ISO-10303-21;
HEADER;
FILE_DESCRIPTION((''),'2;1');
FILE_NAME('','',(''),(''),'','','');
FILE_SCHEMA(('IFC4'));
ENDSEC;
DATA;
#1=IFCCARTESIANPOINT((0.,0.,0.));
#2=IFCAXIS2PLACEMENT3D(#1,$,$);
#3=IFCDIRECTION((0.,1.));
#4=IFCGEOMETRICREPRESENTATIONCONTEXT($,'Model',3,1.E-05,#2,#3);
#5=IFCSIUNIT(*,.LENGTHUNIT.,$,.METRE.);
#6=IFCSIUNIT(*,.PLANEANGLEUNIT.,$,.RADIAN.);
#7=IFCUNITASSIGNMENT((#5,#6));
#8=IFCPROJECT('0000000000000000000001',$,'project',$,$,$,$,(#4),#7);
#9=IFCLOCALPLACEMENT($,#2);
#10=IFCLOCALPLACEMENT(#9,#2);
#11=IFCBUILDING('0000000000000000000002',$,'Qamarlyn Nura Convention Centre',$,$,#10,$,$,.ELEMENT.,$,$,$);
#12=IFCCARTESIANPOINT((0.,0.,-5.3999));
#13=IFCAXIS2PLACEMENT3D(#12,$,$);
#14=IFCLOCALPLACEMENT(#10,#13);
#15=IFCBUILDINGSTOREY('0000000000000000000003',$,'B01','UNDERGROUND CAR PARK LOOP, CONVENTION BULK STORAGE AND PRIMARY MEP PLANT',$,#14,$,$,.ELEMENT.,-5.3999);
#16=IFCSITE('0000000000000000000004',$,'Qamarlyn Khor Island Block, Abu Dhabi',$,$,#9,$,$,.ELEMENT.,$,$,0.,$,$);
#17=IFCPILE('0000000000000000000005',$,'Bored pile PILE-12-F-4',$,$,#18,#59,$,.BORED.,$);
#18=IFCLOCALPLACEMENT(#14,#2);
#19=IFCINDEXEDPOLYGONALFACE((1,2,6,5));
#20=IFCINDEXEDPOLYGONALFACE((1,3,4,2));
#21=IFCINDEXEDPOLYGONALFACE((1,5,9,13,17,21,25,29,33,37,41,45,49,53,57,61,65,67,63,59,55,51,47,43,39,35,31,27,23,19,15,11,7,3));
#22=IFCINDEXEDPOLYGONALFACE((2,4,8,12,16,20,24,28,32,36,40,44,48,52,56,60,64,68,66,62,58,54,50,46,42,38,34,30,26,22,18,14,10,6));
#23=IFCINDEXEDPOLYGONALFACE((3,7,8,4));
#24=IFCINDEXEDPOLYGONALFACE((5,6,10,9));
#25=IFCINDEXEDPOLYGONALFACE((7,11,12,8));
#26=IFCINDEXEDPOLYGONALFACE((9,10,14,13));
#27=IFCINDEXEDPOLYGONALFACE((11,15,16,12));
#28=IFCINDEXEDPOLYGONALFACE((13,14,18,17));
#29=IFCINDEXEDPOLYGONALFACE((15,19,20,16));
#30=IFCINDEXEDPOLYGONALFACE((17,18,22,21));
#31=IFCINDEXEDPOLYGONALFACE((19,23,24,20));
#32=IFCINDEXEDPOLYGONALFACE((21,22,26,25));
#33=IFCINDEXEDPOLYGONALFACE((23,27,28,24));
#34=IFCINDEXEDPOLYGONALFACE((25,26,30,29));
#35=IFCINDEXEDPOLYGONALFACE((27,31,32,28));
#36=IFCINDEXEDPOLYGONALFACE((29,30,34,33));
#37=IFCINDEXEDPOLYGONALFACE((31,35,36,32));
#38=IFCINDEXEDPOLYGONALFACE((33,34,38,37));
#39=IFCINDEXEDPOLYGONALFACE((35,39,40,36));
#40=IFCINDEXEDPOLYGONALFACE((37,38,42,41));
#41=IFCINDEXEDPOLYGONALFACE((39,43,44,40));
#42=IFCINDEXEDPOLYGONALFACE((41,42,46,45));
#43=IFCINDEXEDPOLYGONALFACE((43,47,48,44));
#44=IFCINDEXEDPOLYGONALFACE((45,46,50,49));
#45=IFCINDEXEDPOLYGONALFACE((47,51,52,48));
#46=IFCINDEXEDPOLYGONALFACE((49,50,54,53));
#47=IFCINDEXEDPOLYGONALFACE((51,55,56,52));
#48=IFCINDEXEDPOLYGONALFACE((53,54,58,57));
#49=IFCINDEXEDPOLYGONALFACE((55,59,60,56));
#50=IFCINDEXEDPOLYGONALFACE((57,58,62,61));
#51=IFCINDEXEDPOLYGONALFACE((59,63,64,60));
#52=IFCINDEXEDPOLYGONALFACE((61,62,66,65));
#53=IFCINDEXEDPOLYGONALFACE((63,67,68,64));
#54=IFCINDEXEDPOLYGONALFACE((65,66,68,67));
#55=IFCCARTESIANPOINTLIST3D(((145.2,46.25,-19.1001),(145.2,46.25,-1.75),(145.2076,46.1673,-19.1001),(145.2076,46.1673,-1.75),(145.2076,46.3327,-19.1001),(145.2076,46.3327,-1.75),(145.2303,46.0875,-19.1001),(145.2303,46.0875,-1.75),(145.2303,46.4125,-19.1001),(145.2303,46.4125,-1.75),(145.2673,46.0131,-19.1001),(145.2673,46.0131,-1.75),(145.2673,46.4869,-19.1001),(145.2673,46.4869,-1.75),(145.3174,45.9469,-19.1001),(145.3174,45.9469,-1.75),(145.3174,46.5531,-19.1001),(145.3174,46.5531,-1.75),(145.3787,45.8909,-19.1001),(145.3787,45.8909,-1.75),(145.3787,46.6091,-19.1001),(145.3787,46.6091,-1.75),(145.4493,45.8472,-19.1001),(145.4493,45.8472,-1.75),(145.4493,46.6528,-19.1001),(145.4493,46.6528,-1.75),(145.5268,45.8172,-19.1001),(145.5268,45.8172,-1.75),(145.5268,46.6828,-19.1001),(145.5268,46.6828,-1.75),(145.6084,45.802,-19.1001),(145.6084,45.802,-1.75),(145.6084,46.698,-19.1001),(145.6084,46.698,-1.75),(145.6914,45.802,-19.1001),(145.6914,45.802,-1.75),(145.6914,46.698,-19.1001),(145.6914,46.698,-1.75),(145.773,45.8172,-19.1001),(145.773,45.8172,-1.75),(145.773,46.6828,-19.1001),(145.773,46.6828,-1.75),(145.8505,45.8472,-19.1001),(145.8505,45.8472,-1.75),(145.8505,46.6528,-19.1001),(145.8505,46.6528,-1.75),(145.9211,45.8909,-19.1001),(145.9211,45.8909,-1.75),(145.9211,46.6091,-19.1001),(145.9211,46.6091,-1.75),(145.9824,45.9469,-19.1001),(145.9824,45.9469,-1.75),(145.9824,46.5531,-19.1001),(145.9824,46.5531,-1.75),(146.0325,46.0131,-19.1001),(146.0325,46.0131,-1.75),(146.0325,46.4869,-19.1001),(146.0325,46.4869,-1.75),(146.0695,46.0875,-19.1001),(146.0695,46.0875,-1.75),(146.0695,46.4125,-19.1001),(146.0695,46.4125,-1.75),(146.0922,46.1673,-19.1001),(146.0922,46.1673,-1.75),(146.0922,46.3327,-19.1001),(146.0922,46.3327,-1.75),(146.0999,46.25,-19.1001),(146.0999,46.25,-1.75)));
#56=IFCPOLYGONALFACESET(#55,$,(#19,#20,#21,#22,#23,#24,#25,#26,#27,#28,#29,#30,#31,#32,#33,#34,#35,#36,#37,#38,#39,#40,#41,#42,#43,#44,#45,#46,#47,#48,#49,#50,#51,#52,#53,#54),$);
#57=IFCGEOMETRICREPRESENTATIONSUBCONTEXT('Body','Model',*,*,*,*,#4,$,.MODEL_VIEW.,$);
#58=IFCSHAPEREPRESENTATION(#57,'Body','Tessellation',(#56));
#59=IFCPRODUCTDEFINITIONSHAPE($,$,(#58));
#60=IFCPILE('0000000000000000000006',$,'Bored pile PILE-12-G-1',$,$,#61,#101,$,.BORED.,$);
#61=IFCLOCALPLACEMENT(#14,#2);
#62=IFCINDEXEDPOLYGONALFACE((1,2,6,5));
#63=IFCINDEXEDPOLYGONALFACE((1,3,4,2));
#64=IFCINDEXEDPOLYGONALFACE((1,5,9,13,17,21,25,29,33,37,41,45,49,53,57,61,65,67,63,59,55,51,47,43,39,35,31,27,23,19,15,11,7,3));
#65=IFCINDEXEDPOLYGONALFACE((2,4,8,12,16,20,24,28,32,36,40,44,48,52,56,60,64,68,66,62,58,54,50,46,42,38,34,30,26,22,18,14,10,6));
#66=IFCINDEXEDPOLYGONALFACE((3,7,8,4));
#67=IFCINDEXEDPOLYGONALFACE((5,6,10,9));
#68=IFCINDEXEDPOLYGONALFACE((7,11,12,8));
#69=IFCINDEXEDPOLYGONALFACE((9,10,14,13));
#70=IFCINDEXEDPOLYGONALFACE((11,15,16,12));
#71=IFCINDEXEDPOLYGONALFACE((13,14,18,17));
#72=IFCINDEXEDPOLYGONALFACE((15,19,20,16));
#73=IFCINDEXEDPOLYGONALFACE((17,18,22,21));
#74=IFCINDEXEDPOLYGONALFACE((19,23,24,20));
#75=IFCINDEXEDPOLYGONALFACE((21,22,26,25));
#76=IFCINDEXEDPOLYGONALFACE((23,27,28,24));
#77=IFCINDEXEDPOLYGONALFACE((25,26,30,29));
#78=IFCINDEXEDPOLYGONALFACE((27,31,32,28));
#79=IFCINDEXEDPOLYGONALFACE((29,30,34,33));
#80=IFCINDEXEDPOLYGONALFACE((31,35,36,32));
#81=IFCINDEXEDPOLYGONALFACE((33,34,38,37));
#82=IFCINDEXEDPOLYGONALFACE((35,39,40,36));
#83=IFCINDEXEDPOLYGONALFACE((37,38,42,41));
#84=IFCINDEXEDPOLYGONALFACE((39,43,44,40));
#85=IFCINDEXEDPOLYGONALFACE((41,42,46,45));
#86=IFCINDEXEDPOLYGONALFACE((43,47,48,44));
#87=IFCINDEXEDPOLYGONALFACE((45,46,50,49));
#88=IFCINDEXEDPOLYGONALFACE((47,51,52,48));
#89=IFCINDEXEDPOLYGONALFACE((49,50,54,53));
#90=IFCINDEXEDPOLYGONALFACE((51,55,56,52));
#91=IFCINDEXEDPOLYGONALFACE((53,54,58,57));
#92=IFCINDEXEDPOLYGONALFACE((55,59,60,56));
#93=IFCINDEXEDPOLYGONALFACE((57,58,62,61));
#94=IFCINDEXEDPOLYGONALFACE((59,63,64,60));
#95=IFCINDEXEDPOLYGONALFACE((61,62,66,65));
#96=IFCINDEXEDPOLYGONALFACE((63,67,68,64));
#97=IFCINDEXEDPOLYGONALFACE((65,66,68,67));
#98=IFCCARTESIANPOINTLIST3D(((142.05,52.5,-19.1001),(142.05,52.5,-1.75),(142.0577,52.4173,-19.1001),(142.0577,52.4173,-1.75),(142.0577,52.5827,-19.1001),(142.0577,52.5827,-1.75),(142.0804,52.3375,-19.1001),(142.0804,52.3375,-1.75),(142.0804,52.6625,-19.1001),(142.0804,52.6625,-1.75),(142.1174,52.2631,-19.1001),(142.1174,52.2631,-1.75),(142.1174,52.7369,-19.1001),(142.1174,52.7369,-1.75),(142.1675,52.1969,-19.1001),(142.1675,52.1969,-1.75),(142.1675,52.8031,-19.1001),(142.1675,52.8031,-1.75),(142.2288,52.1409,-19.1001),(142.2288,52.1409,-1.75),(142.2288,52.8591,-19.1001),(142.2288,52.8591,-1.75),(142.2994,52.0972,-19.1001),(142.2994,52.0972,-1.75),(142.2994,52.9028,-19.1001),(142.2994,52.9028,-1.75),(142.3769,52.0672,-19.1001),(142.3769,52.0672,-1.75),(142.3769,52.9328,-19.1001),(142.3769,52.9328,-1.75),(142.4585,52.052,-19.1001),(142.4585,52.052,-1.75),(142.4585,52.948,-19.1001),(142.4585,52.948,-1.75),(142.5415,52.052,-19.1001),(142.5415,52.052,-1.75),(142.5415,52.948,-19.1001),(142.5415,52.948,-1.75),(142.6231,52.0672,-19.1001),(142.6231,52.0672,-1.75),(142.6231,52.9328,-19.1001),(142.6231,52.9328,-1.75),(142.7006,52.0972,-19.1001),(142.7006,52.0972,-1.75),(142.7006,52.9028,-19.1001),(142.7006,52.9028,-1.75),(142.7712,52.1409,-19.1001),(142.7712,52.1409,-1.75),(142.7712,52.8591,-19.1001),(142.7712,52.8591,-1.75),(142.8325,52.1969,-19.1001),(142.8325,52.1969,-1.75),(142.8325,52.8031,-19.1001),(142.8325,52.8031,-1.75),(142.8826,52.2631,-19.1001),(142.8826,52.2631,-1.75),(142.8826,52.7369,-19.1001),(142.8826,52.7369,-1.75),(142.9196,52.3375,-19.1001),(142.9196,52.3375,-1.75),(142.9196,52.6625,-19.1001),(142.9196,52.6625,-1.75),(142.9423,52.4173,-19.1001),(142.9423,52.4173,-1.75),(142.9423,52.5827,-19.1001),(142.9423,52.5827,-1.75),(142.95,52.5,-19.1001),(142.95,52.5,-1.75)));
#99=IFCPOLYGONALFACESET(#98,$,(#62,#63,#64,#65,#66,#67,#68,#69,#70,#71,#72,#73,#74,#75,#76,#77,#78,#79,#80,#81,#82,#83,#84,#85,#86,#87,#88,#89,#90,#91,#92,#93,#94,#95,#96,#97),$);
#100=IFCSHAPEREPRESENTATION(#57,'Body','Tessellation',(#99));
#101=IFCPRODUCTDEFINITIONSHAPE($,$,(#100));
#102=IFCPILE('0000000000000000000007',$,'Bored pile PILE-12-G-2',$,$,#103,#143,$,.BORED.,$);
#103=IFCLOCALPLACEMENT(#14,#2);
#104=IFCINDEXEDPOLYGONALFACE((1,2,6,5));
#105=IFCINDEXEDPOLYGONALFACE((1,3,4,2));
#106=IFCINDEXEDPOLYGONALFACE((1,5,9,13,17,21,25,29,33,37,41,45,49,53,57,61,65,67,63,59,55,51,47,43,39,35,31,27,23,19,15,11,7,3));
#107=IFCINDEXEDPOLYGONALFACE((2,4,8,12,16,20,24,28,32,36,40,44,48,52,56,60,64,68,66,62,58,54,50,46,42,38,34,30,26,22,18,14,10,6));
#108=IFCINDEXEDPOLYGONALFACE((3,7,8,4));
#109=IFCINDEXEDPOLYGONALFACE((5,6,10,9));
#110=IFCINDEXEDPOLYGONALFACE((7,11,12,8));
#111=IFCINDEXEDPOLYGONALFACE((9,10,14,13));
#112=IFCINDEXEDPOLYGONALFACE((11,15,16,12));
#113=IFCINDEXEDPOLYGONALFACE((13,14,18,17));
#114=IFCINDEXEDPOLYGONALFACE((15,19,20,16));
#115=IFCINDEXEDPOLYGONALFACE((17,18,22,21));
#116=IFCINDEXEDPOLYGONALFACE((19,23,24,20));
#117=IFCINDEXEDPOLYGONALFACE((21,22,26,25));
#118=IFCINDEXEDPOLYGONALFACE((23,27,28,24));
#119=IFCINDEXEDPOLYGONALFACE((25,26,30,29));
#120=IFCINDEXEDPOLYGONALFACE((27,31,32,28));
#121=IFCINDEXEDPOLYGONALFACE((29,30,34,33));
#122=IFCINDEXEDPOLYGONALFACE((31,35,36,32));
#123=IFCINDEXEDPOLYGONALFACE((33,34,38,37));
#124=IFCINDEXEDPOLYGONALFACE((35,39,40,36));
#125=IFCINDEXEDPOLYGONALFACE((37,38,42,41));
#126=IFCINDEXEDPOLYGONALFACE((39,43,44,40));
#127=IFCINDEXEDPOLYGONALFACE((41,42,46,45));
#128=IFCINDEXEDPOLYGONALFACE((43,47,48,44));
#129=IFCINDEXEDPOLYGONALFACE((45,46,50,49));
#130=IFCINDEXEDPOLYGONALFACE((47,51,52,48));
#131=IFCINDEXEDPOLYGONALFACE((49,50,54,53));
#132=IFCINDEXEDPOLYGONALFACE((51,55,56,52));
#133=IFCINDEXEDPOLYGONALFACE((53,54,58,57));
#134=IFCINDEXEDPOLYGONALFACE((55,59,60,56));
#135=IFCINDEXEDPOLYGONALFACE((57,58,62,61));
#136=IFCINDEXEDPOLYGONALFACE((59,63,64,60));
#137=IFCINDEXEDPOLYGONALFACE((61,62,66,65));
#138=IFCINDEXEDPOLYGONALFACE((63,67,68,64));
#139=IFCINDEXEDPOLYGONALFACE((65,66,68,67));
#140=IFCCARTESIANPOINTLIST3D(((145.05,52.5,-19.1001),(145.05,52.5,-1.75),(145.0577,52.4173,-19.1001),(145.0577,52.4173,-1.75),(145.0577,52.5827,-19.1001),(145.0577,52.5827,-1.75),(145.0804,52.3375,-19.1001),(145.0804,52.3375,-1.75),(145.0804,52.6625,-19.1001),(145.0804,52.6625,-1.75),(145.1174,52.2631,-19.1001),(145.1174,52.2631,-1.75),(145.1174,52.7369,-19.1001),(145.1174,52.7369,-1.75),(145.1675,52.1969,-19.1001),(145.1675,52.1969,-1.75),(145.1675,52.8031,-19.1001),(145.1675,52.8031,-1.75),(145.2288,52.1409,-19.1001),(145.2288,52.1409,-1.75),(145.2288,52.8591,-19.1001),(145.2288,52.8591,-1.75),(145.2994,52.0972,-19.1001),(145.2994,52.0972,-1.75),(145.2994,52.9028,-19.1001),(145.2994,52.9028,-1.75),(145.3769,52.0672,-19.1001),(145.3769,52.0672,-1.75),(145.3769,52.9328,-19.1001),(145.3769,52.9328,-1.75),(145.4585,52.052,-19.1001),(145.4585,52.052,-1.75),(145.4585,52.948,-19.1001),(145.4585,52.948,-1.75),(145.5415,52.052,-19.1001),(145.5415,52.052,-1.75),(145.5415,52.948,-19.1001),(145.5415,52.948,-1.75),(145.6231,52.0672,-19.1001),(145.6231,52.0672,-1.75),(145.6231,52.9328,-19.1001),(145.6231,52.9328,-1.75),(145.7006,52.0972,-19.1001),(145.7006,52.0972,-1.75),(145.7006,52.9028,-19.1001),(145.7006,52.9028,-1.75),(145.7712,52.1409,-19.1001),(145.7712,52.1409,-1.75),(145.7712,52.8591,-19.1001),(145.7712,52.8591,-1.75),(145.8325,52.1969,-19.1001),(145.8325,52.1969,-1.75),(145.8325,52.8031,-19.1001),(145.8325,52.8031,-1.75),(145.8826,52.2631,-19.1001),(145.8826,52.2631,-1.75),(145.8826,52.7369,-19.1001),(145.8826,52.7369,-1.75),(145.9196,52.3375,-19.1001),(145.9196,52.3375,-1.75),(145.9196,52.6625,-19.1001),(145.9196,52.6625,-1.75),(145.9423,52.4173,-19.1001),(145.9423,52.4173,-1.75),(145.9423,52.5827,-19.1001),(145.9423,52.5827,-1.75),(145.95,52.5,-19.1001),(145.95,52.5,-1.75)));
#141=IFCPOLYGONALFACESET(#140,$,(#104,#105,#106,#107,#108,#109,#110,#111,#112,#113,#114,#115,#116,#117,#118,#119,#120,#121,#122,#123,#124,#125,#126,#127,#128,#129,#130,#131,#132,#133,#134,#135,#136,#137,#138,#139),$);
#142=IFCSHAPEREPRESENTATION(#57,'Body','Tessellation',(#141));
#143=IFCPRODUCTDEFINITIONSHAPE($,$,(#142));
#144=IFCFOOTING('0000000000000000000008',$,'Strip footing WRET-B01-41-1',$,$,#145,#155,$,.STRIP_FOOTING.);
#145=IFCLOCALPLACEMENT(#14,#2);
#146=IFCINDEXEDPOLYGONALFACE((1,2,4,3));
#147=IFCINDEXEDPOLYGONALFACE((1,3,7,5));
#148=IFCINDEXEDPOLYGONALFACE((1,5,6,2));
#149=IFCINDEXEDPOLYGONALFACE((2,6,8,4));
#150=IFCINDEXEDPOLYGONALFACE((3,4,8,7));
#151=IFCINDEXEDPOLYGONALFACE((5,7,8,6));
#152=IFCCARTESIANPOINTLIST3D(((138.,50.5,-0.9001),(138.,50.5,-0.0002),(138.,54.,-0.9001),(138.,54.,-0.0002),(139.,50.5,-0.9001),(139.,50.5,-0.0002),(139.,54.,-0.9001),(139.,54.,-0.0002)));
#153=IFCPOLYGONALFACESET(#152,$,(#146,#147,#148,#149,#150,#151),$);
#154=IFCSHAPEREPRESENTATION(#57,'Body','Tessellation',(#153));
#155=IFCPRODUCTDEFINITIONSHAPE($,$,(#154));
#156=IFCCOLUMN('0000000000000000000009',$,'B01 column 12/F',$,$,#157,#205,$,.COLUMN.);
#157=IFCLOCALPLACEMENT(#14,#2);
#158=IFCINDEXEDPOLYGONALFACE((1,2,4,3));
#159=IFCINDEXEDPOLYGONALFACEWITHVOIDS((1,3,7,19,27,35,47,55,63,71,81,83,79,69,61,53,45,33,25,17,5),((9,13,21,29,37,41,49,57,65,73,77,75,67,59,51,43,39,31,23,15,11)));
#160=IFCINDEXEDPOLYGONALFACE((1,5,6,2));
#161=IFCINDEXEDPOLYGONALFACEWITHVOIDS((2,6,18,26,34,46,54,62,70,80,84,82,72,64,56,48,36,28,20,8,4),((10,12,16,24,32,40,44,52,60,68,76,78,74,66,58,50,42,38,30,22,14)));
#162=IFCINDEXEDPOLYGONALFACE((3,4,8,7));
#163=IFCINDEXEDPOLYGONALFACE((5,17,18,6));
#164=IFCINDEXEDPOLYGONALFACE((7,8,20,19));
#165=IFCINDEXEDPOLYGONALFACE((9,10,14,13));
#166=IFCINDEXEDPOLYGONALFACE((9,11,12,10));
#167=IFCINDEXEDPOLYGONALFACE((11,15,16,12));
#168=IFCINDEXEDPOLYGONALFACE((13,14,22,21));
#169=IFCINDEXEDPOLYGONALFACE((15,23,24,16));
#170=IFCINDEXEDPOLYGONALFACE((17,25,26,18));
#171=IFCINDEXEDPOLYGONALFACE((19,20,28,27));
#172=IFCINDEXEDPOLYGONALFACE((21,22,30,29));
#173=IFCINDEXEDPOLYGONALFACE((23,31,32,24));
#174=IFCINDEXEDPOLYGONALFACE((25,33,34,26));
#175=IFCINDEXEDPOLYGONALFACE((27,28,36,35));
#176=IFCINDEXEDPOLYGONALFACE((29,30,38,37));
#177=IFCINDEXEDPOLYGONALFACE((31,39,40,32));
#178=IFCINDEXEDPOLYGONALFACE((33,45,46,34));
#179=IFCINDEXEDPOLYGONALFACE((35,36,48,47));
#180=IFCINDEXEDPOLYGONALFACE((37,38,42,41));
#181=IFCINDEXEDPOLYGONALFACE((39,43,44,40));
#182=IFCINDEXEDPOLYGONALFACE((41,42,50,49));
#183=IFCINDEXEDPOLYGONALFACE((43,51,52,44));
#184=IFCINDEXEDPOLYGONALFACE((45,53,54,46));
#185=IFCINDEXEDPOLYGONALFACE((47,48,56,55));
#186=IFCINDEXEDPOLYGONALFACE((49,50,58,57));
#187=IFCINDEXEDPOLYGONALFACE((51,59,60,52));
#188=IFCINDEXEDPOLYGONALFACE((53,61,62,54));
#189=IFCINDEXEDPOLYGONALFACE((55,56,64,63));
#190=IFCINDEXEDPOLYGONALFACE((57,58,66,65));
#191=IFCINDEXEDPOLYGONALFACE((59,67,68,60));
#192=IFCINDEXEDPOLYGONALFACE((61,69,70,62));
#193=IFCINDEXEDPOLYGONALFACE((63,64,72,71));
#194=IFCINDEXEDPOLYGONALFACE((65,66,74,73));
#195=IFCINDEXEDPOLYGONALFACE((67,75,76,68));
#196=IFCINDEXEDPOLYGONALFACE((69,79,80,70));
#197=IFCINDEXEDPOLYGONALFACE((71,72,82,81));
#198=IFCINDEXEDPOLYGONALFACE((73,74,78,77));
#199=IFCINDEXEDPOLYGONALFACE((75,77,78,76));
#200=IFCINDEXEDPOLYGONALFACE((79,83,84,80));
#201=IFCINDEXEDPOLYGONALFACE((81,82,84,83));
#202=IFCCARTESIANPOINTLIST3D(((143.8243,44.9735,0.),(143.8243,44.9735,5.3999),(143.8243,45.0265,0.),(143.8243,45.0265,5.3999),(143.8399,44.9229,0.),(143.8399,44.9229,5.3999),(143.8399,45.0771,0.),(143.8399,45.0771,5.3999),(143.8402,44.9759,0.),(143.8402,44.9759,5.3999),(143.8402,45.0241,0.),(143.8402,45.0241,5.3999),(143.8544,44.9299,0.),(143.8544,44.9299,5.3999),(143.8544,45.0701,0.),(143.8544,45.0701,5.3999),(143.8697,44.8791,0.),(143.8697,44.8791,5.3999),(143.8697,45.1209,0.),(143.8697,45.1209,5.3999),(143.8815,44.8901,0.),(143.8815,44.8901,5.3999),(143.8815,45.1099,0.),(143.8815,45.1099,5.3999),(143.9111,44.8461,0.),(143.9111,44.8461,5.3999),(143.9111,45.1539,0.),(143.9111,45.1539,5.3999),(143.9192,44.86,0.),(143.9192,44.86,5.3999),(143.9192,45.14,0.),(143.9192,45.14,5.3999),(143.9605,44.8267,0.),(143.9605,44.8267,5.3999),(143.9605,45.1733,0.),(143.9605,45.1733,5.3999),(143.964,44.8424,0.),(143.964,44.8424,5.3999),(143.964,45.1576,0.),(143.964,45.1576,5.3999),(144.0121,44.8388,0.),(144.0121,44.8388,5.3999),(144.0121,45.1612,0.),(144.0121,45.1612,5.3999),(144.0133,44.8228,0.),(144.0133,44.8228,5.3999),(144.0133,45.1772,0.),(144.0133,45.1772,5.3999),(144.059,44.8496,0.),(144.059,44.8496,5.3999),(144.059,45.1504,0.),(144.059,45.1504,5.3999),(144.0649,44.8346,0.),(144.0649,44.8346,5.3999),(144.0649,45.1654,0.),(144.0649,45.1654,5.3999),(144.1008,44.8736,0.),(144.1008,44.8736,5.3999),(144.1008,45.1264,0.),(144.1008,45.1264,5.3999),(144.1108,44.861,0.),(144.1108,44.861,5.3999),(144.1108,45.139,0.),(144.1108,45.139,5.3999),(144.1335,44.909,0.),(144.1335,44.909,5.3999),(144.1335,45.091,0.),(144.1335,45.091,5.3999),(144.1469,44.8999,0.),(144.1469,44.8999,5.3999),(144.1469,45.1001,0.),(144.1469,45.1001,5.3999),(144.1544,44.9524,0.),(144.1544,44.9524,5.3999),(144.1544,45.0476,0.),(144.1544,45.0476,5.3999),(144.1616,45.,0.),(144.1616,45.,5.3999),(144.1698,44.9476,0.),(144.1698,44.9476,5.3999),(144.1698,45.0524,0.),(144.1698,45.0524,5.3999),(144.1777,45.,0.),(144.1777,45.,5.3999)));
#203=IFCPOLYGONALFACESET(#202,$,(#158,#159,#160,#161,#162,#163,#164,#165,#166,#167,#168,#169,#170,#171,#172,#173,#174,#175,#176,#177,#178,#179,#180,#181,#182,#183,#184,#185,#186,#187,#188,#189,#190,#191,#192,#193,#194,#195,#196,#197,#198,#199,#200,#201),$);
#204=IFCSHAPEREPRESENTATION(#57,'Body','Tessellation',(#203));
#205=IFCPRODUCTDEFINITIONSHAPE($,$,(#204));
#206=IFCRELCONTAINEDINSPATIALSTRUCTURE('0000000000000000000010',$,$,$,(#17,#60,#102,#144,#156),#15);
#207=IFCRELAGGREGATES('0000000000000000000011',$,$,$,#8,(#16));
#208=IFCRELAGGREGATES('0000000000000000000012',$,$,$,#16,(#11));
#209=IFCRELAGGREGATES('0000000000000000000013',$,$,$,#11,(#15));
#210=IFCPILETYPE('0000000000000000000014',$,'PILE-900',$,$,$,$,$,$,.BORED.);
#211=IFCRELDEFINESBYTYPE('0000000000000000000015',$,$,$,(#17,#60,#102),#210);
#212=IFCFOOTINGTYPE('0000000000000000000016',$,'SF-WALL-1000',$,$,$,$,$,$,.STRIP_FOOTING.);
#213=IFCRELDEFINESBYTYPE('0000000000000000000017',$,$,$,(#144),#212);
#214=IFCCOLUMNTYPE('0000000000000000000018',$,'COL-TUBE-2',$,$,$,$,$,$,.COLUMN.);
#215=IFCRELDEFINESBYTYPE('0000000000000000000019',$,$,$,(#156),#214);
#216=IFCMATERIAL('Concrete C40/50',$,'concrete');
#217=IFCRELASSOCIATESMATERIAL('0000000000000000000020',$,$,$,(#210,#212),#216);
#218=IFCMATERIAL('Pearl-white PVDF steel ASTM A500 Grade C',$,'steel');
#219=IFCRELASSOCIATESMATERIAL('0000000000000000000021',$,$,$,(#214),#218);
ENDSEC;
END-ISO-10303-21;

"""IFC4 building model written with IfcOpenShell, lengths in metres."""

from ifc_helpers import new_model, si_unit, direction, frame, origin, origin_2d, place, context, subcontext, project, spatial, rectangle, circle, hollow_circle, extrude, material, material_profile, profile_set, type_object, element, save


model = new_model("IFC4")

# Units and contexts
model_context = context("Model", 3, precision=1e-05, world=origin(), true_north=direction((0.0, 1.0)))
body_context = subcontext(model_context, "Body", "Model", "MODEL_VIEW")
ifc_project = project(units=[si_unit("LENGTHUNIT", "METRE"), si_unit("PLANEANGLEUNIT", "RADIAN")], contexts=[model_context])

# Site, building, storey
site_placement = place(None, origin())
site = spatial("IfcSite", under=ifc_project, at=site_placement, Name="Qamarlyn Khor Island Block, Abu Dhabi", CompositionType="ELEMENT", RefElevation=0.0)
building_placement = place(site_placement, origin())
building = spatial("IfcBuilding", under=site, at=building_placement, Name="Qamarlyn Nura Convention Centre", CompositionType="ELEMENT")
storey_placement = place(building_placement, frame((0.0, 0.0, -5.3999)))
storey = spatial("IfcBuildingStorey", under=building, at=storey_placement, Name="B01", Description="UNDERGROUND CAR PARK LOOP, CONVENTION BULK STORAGE AND PRIMARY MEP PLANT", CompositionType="ELEMENT", Elevation=-5.3999)

# Shared definitions
ifc_material_1 = material(Name="Concrete C40/50", Category="concrete")

# Piles
ifc_material_profile_1 = material_profile(ifc_material_1, circle(Radius=0.45, at=origin_2d()), Name="BORED PILE 900")
ifc_profile_set_1 = profile_set([ifc_material_profile_1], Name="Concrete C40/50")
pile_type = type_object("IfcPileType", Name="PILE-900", PredefinedType="BORED", material=ifc_profile_set_1)
for number, where, z_axis, x_axis, name in (
    (1, (145.6499, 46.25, -1.75), (0.0, 0.0, -1.0), (1.0, 0.0, 0.0), "Bored pile PILE-12-F-4"),
    (2, (142.5, 52.5, -1.75), (0.0, 0.0, -1.0), (1.0, 0.0, 0.0), "Bored pile PILE-12-G-1"),
    (3, (145.5, 52.5, -1.75), (0.0, 0.0, -1.0), (1.0, 0.0, 0.0), "Bored pile PILE-12-G-2"),
):
    element("IfcPile", number, at=place(storey_placement, frame(where, z_axis=z_axis, x_axis=x_axis)), inside=storey, type_object=pile_type, Name=name, PredefinedType="BORED", context=body_context, shape_type="SweptSolid", body=[
        extrude(circle(Radius=0.45, at=origin_2d()), origin(), (0.0, 0.0, 1.0), 17.3501),
    ])

# Footing
ifc_material_profile_2 = material_profile(ifc_material_1, rectangle(XDim=1.0, YDim=0.8999, at=origin_2d()), Name="RC STRIP 1000x900")
ifc_profile_set_2 = profile_set([ifc_material_profile_2], Name="Concrete C40/50")
footing_type_1 = type_object("IfcFootingType", Name="SF-WALL-1000", PredefinedType="STRIP_FOOTING", material=ifc_profile_set_2)
footing_1_placement = place(storey_placement, frame((138.5, 50.5, -0.4502), z_axis=(0.0, 1.0, 0.0), x_axis=(-1.0, 0.0, 0.0)))
element("IfcFooting", 4, at=footing_1_placement, inside=storey, type_object=footing_type_1, Name="Strip footing WRET-B01-41-1", PredefinedType="STRIP_FOOTING", context=body_context, shape_type="SweptSolid", body=[
    extrude(rectangle(XDim=1.0, YDim=0.8999, at=origin_2d()), origin(), (0.0, 0.0, 1.0), 3.5),
])

# Column
ifc_material_2 = material(Name="Pearl-white PVDF steel ASTM A500 Grade C", Category="steel")
ifc_material_profile_3 = material_profile(ifc_material_2, hollow_circle(Radius=0.1777, WallThickness=0.0161, at=origin_2d()), Name="CHS355.6X16")
ifc_profile_set_3 = profile_set([ifc_material_profile_3], Name="Pearl-white PVDF steel ASTM A500 Grade C")
column_type_1 = type_object("IfcColumnType", Name="COL-TUBE-2", PredefinedType="COLUMN", material=ifc_profile_set_3)
column_1_placement = place(storey_placement, frame((144.0, 45.0, 0.0), z_axis=(0.0, 0.0, 1.0), x_axis=(1.0, 0.0, 0.0)))
element("IfcColumn", 5, at=column_1_placement, inside=storey, type_object=column_type_1, Name="B01 column 12/F", PredefinedType="COLUMN", context=body_context, shape_type="SweptSolid", body=[
    extrude(hollow_circle(Radius=0.1777, WallThickness=0.0161, at=origin_2d()), origin(), (0.0, 0.0, 1.0), 5.3999),
])

save(model, "model.ifc")
